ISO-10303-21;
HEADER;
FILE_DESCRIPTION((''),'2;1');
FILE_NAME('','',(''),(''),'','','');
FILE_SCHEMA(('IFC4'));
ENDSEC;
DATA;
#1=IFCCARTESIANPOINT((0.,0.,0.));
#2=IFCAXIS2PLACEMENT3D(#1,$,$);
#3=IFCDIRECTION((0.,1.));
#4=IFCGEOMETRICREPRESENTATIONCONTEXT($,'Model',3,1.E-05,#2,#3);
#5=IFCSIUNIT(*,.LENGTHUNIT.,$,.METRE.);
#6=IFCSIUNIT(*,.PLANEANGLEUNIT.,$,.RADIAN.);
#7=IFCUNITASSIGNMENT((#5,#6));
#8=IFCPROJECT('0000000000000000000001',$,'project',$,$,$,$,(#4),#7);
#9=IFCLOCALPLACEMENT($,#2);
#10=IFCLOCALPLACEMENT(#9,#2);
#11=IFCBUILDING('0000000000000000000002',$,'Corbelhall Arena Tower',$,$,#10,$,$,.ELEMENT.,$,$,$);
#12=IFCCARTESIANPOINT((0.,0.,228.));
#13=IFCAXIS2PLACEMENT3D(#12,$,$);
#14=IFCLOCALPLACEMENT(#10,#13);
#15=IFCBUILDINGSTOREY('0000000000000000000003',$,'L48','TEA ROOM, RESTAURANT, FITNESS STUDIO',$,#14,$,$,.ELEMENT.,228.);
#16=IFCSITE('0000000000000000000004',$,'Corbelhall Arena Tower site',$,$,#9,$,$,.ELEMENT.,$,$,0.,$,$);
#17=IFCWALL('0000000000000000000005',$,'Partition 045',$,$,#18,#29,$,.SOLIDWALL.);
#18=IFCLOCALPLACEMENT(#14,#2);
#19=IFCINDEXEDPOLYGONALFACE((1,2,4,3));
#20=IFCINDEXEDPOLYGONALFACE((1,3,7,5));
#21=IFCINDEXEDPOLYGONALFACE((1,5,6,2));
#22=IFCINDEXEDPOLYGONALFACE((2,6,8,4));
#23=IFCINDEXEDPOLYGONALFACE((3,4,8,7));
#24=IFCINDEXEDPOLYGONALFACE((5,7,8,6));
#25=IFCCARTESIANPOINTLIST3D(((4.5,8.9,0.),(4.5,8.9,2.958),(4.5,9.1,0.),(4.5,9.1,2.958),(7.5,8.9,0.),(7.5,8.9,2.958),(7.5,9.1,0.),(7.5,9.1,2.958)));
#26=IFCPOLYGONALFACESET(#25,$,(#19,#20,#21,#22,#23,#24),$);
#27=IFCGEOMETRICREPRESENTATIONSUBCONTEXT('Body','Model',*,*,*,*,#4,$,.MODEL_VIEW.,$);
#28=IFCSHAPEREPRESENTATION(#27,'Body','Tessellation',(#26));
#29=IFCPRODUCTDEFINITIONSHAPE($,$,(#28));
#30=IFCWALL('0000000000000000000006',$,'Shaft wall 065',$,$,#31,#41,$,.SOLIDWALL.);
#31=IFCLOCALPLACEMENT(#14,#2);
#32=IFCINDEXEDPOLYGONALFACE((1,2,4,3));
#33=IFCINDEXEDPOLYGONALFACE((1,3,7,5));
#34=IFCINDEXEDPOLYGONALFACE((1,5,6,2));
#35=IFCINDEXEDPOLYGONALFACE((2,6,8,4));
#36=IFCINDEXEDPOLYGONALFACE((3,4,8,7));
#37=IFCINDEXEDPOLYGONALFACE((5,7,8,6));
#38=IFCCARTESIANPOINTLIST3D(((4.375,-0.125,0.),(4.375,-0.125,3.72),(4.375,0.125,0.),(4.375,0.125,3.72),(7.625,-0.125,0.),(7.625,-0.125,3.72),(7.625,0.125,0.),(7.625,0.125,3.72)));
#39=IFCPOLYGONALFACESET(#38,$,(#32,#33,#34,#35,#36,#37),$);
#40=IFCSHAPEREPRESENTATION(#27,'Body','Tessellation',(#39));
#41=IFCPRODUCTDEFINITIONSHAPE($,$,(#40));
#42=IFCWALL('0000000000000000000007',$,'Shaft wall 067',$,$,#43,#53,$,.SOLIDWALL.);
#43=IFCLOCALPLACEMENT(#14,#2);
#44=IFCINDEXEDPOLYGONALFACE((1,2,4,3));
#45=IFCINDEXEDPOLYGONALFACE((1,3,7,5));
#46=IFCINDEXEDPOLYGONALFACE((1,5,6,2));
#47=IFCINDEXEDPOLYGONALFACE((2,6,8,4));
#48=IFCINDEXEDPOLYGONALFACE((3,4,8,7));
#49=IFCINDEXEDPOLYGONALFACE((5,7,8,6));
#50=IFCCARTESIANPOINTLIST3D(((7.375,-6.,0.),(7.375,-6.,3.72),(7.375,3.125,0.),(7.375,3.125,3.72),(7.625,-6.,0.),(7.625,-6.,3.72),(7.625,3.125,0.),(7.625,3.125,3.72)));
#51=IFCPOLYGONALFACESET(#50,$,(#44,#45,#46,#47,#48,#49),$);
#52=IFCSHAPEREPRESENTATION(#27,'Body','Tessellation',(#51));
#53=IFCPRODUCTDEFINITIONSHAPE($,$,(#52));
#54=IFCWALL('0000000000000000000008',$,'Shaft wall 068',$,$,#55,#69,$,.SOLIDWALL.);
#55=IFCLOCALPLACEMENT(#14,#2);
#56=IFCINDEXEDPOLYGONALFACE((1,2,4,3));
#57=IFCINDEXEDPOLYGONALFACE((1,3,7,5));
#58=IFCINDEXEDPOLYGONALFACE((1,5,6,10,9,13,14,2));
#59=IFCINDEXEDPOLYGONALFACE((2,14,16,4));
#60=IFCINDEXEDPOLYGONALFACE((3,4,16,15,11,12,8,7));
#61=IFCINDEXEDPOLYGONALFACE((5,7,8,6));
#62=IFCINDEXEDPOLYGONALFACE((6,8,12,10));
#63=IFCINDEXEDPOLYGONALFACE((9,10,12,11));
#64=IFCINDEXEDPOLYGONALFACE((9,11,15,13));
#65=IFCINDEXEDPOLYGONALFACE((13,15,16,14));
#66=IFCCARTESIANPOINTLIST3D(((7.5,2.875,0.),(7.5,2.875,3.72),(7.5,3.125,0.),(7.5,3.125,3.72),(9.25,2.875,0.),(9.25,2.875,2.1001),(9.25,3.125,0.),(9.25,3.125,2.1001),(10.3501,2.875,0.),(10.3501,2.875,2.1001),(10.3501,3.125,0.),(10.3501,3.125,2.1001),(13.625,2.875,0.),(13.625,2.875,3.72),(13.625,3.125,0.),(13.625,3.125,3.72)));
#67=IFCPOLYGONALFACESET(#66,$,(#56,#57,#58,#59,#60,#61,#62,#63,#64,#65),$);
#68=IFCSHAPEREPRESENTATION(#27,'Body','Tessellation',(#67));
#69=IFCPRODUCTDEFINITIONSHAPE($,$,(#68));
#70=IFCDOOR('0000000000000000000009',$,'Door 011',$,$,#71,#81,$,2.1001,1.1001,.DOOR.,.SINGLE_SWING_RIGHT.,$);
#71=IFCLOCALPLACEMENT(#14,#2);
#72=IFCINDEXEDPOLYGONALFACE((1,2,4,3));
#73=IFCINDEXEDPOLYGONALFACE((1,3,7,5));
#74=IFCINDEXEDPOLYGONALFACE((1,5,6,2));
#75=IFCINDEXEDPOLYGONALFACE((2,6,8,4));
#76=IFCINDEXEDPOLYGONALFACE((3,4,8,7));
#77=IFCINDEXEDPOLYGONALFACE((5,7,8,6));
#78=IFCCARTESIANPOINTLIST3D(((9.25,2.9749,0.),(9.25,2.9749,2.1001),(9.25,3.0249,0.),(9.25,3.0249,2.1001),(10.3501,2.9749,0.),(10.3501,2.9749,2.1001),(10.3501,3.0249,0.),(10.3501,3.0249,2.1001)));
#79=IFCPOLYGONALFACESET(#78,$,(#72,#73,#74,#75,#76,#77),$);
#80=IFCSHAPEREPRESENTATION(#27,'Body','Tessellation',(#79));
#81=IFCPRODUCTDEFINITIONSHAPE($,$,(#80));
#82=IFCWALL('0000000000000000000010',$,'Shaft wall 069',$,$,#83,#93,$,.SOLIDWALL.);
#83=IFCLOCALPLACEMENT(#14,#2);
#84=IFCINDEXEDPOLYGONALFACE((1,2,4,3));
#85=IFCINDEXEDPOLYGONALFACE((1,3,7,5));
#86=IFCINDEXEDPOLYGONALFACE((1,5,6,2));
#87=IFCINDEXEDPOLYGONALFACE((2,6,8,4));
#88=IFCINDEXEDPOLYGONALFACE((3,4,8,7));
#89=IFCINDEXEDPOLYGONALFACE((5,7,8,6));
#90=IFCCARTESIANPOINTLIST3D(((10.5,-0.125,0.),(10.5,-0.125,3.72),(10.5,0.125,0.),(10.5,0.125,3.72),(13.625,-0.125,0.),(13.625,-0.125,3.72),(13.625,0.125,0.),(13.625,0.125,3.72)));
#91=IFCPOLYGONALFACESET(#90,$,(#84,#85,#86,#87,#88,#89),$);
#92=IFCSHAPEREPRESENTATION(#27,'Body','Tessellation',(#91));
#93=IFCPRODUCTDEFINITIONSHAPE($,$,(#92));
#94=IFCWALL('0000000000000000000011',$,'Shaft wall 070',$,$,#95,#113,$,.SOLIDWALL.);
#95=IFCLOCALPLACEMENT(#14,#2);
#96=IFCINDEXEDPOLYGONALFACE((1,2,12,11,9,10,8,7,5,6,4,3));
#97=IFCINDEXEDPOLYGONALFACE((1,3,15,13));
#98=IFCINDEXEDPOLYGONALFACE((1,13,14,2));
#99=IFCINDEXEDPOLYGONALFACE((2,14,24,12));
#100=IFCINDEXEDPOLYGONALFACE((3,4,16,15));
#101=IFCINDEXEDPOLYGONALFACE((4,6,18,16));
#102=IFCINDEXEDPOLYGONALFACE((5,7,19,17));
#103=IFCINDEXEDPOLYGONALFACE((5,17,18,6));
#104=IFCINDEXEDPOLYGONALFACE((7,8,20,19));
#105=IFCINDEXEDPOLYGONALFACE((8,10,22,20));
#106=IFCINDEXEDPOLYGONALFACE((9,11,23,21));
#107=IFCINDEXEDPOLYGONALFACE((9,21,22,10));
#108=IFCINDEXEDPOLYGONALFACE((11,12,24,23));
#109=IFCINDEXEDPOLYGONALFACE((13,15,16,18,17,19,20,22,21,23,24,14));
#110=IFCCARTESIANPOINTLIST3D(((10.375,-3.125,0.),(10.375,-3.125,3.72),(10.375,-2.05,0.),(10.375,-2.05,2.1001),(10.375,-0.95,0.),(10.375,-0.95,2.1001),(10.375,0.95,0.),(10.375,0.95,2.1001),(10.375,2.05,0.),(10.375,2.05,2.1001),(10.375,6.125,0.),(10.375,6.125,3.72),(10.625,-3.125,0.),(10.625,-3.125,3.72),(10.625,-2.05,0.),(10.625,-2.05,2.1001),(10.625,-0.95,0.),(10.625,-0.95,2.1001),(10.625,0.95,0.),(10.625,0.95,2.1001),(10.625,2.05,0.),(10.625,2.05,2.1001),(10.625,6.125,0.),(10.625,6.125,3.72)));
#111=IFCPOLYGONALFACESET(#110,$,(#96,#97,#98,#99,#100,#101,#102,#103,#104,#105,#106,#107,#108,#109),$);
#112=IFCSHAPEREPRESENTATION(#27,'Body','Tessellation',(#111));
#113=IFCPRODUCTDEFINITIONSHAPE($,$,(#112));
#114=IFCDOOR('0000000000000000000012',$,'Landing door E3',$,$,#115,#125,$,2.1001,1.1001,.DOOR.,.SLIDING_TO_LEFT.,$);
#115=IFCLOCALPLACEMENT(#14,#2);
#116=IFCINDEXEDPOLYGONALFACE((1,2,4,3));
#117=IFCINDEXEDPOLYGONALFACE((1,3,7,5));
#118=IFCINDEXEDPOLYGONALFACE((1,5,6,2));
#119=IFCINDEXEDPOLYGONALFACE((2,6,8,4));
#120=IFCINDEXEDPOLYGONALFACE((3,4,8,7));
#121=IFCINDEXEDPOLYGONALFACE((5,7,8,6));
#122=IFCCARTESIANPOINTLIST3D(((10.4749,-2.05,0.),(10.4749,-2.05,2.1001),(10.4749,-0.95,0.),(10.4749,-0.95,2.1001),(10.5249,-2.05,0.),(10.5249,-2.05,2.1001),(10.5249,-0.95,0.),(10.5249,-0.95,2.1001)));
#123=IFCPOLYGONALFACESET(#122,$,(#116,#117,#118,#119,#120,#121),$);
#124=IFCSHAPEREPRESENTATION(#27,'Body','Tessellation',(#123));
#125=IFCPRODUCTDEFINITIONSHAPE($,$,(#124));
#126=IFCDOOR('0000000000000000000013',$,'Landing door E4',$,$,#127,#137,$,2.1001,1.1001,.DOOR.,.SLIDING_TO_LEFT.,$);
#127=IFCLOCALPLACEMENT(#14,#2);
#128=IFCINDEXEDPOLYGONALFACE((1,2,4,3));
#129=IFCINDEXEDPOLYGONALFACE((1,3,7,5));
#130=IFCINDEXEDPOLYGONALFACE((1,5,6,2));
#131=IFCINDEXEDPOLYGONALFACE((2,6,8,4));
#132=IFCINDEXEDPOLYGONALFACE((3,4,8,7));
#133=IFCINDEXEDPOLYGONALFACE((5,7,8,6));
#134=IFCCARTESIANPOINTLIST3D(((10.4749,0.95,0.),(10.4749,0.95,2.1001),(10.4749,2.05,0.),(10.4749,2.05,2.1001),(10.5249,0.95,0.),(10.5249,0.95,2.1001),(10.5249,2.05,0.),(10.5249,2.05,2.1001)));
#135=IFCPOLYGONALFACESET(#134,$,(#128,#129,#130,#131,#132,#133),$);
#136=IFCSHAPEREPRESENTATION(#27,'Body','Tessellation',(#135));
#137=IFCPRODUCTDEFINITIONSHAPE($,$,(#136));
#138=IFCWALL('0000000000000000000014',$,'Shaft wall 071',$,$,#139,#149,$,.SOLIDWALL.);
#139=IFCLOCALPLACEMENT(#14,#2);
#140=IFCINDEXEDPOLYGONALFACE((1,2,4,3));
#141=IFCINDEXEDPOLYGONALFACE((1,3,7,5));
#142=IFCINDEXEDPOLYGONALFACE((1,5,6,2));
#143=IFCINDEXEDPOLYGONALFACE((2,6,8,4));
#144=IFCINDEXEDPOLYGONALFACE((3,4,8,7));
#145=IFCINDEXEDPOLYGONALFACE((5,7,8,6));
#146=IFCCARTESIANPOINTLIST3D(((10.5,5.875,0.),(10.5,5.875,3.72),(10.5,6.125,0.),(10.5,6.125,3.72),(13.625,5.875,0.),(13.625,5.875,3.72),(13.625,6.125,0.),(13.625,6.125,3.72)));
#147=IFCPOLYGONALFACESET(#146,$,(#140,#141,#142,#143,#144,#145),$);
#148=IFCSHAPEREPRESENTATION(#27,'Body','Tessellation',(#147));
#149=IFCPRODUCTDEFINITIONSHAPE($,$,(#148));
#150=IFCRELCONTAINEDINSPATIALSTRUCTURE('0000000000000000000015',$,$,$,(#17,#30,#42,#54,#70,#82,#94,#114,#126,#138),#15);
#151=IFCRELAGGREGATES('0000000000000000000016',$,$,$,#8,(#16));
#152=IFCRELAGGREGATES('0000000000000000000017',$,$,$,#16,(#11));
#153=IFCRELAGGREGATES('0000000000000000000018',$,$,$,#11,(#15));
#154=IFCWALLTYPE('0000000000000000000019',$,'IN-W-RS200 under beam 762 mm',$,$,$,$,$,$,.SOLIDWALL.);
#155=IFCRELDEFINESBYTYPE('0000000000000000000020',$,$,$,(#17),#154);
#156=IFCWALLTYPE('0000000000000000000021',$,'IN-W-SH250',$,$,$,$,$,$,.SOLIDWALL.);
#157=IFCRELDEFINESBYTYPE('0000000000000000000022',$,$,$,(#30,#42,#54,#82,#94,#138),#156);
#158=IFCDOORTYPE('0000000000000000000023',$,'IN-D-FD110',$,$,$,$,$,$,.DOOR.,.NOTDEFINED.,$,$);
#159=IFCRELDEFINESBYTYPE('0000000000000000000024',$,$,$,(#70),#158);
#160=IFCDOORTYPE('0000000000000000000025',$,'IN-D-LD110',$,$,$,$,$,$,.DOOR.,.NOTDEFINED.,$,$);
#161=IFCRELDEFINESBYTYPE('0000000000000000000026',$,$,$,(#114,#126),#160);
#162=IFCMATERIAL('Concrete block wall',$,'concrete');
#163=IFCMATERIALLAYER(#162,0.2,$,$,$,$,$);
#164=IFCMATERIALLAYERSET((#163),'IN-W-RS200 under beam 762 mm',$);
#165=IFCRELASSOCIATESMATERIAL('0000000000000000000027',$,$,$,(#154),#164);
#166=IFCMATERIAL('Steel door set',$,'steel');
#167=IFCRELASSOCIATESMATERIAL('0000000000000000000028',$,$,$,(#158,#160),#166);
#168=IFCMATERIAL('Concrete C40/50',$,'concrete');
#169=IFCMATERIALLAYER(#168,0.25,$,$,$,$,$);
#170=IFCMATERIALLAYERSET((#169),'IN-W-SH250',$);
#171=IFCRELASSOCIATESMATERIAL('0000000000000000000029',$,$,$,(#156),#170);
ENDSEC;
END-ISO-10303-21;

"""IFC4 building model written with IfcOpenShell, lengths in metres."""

from ifc_helpers import new_model, si_unit, direction, frame, frame_2d, origin, place, context, subcontext, project, spatial, rectangle, extrude, material, layer, layer_set, type_object, element, fill, save


model = new_model("IFC4")

# Units and contexts
model_context = context("Model", 3, precision=1e-05, world=origin(), true_north=direction((0.0, 1.0)))
body_context = subcontext(model_context, "Body", "Model", "MODEL_VIEW")
ifc_project = project(units=[si_unit("LENGTHUNIT", "METRE"), si_unit("PLANEANGLEUNIT", "RADIAN")], contexts=[model_context])

# Site, building, storey
site_placement = place(None, origin())
site = spatial("IfcSite", under=ifc_project, at=site_placement, Name="Corbelhall Arena Tower site", CompositionType="ELEMENT", RefElevation=0.0)
building_placement = place(site_placement, origin())
building = spatial("IfcBuilding", under=site, at=building_placement, Name="Corbelhall Arena Tower", CompositionType="ELEMENT")
storey_placement = place(building_placement, frame((0.0, 0.0, 228.0)))
storey = spatial("IfcBuildingStorey", under=building, at=storey_placement, Name="L48", Description="TEA ROOM, RESTAURANT, FITNESS STUDIO", CompositionType="ELEMENT", Elevation=228.0)

# Shared definitions
ifc_material_1 = material(Name="Concrete C40/50", Category="concrete")

# Shared definitions
ifc_material_2 = material(Name="Concrete block wall", Category="concrete")

# Shared definitions
ifc_layer_1 = layer(ifc_material_2, 0.2)
ifc_layer_set_1 = layer_set([ifc_layer_1], Name="IN-W-RS200 under beam 762 mm")
wall_type_1 = type_object("IfcWallType", Name="IN-W-RS200 under beam 762 mm", PredefinedType="SOLIDWALL", material=ifc_layer_set_1)
ifc_material_3 = material(Name="Steel door set", Category="steel")
door_type_1 = type_object("IfcDoorType", Name="IN-D-FD110", OperationType="NOTDEFINED", PredefinedType="DOOR", material=ifc_material_3)

# Walls
wall_1_placement = place(storey_placement, frame((4.5, 9.0, 0.0), z_axis=(0.0, 0.0, 1.0), x_axis=(1.0, 0.0, 0.0)))
element("IfcWall", 1, at=wall_1_placement, inside=storey, type_object=wall_type_1, Name="Partition 045", PredefinedType="SOLIDWALL", context=body_context, shape_type="SweptSolid", body=[
    extrude(rectangle(XDim=3.0, YDim=0.2, at=frame_2d((1.5, 0.0))), origin(), (0.0, 0.0, 1.0), 2.958),
])
ifc_layer_2 = layer(ifc_material_1, 0.25)
ifc_layer_set_2 = layer_set([ifc_layer_2], Name="IN-W-SH250")
wall_type_2 = type_object("IfcWallType", Name="IN-W-SH250", PredefinedType="SOLIDWALL", material=ifc_layer_set_2)
wall_2_placement = place(storey_placement, frame((4.375, 0.0, 0.0), z_axis=(0.0, 0.0, 1.0), x_axis=(1.0, 0.0, 0.0)))
element("IfcWall", 2, at=wall_2_placement, inside=storey, type_object=wall_type_2, Name="Shaft wall 065", PredefinedType="SOLIDWALL", context=body_context, shape_type="SweptSolid", body=[
    extrude(rectangle(XDim=3.25, YDim=0.25, at=frame_2d((1.625, 0.0))), origin(), (0.0, 0.0, 1.0), 3.72),
])
wall_3_placement = place(storey_placement, frame((7.5, 3.125, 0.0), z_axis=(0.0, 0.0, 1.0), x_axis=(0.0, -1.0, 0.0)))
element("IfcWall", 3, at=wall_3_placement, inside=storey, type_object=wall_type_2, Name="Shaft wall 067", PredefinedType="SOLIDWALL", context=body_context, shape_type="SweptSolid", body=[
    extrude(rectangle(XDim=9.125, YDim=0.25, at=frame_2d((4.5625, 0.0))), origin(), (0.0, 0.0, 1.0), 3.72),
])

# Wall, opening, door
wall_4_placement = place(storey_placement, frame((7.5, 3.0, 0.0), z_axis=(0.0, 0.0, 1.0), x_axis=(1.0, 0.0, 0.0)))
wall_4 = element("IfcWall", 4, at=wall_4_placement, inside=storey, type_object=wall_type_2, Name="Shaft wall 068", PredefinedType="SOLIDWALL", context=body_context, shape_type="SweptSolid", body=[
    extrude(rectangle(XDim=6.125, YDim=0.25, at=frame_2d((3.0625, 0.0))), origin(), (0.0, 0.0, 1.0), 3.72),
])
opening_1_placement = place(wall_4_placement, frame((1.75, 0.0, 0.0)))
opening_1 = element("IfcOpeningElement", 5, at=opening_1_placement, cuts=wall_4, PredefinedType="OPENING", context=body_context, shape_type="SweptSolid", body=[
    extrude(rectangle(XDim=1.1001, YDim=2.1001, at=frame_2d((0.55, 1.05))), frame((0.0, 0.125, 0.0), z_axis=(0.0, -1.0, 0.0), x_axis=(1.0, 0.0, 0.0)), (0.0, 0.0, 1.0), 0.25),
])
door_1_placement = place(opening_1_placement, origin())
door_1 = element("IfcDoor", 6, at=door_1_placement, inside=storey, type_object=door_type_1, Name="Door 011", OperationType="SINGLE_SWING_RIGHT", OverallHeight=2.1001, OverallWidth=1.1001, PredefinedType="DOOR", context=body_context, shape_type="SweptSolid", body=[
    extrude(rectangle(XDim=1.1001, YDim=2.1001, at=frame_2d((0.55, 1.05))), frame((0.0, 0.0249, 0.0), z_axis=(0.0, -1.0, 0.0), x_axis=(1.0, 0.0, 0.0)), (0.0, 0.0, 1.0), 0.05),
])
fill(opening_1, door_1)

# Wall
wall_5_placement = place(storey_placement, frame((10.5, 0.0, 0.0), z_axis=(0.0, 0.0, 1.0), x_axis=(1.0, 0.0, 0.0)))
element("IfcWall", 7, at=wall_5_placement, inside=storey, type_object=wall_type_2, Name="Shaft wall 069", PredefinedType="SOLIDWALL", context=body_context, shape_type="SweptSolid", body=[
    extrude(rectangle(XDim=3.125, YDim=0.25, at=frame_2d((1.5625, 0.0))), origin(), (0.0, 0.0, 1.0), 3.72),
])

# Wall, openings, doors
wall_6_placement = place(storey_placement, frame((10.5, 6.125, 0.0), z_axis=(0.0, 0.0, 1.0), x_axis=(0.0, -1.0, 0.0)))
wall_6 = element("IfcWall", 8, at=wall_6_placement, inside=storey, type_object=wall_type_2, Name="Shaft wall 070", PredefinedType="SOLIDWALL", context=body_context, shape_type="SweptSolid", body=[
    extrude(rectangle(XDim=9.25, YDim=0.25, at=frame_2d((4.625, 0.0))), origin(), (0.0, 0.0, 1.0), 3.72),
])
opening_2_placement = place(wall_6_placement, frame((7.075, 0.0, 0.0)))
opening_2 = element("IfcOpeningElement", 9, at=opening_2_placement, cuts=wall_6, PredefinedType="OPENING", context=body_context, shape_type="SweptSolid", body=[
    extrude(rectangle(XDim=1.1001, YDim=2.1001, at=frame_2d((0.55, 1.05))), frame((0.0, 0.125, 0.0), z_axis=(0.0, -1.0, 0.0), x_axis=(1.0, 0.0, 0.0)), (0.0, 0.0, 1.0), 0.25),
])
opening_3_placement = place(wall_6_placement, frame((4.075, 0.0, 0.0)))
opening_3 = element("IfcOpeningElement", 10, at=opening_3_placement, cuts=wall_6, PredefinedType="OPENING", context=body_context, shape_type="SweptSolid", body=[
    extrude(rectangle(XDim=1.1001, YDim=2.1001, at=frame_2d((0.55, 1.05))), frame((0.0, 0.125, 0.0), z_axis=(0.0, -1.0, 0.0), x_axis=(1.0, 0.0, 0.0)), (0.0, 0.0, 1.0), 0.25),
])
door_type_2 = type_object("IfcDoorType", Name="IN-D-LD110", OperationType="NOTDEFINED", PredefinedType="DOOR", material=ifc_material_3)
door_2_placement = place(opening_2_placement, origin())
door_2 = element("IfcDoor", 11, at=door_2_placement, inside=storey, type_object=door_type_2, Name="Landing door E3", OperationType="SLIDING_TO_LEFT", OverallHeight=2.1001, OverallWidth=1.1001, PredefinedType="DOOR", context=body_context, shape_type="SweptSolid", body=[
    extrude(rectangle(XDim=1.1001, YDim=2.1001, at=frame_2d((0.55, 1.05))), frame((0.0, 0.0249, 0.0), z_axis=(0.0, -1.0, 0.0), x_axis=(1.0, 0.0, 0.0)), (0.0, 0.0, 1.0), 0.05),
])
fill(opening_2, door_2)
door_3_placement = place(opening_3_placement, origin())
door_3 = element("IfcDoor", 12, at=door_3_placement, inside=storey, type_object=door_type_2, Name="Landing door E4", OperationType="SLIDING_TO_LEFT", OverallHeight=2.1001, OverallWidth=1.1001, PredefinedType="DOOR", context=body_context, shape_type="SweptSolid", body=[
    extrude(rectangle(XDim=1.1001, YDim=2.1001, at=frame_2d((0.55, 1.05))), frame((0.0, 0.0249, 0.0), z_axis=(0.0, -1.0, 0.0), x_axis=(1.0, 0.0, 0.0)), (0.0, 0.0, 1.0), 0.05),
])
fill(opening_3, door_3)

# Wall
wall_7_placement = place(storey_placement, frame((10.5, 6.0, 0.0), z_axis=(0.0, 0.0, 1.0), x_axis=(1.0, 0.0, 0.0)))
element("IfcWall", 13, at=wall_7_placement, inside=storey, type_object=wall_type_2, Name="Shaft wall 071", PredefinedType="SOLIDWALL", context=body_context, shape_type="SweptSolid", body=[
    extrude(rectangle(XDim=3.125, YDim=0.25, at=frame_2d((1.5625, 0.0))), origin(), (0.0, 0.0, 1.0), 3.72),
])

save(model, "model.ifc")
